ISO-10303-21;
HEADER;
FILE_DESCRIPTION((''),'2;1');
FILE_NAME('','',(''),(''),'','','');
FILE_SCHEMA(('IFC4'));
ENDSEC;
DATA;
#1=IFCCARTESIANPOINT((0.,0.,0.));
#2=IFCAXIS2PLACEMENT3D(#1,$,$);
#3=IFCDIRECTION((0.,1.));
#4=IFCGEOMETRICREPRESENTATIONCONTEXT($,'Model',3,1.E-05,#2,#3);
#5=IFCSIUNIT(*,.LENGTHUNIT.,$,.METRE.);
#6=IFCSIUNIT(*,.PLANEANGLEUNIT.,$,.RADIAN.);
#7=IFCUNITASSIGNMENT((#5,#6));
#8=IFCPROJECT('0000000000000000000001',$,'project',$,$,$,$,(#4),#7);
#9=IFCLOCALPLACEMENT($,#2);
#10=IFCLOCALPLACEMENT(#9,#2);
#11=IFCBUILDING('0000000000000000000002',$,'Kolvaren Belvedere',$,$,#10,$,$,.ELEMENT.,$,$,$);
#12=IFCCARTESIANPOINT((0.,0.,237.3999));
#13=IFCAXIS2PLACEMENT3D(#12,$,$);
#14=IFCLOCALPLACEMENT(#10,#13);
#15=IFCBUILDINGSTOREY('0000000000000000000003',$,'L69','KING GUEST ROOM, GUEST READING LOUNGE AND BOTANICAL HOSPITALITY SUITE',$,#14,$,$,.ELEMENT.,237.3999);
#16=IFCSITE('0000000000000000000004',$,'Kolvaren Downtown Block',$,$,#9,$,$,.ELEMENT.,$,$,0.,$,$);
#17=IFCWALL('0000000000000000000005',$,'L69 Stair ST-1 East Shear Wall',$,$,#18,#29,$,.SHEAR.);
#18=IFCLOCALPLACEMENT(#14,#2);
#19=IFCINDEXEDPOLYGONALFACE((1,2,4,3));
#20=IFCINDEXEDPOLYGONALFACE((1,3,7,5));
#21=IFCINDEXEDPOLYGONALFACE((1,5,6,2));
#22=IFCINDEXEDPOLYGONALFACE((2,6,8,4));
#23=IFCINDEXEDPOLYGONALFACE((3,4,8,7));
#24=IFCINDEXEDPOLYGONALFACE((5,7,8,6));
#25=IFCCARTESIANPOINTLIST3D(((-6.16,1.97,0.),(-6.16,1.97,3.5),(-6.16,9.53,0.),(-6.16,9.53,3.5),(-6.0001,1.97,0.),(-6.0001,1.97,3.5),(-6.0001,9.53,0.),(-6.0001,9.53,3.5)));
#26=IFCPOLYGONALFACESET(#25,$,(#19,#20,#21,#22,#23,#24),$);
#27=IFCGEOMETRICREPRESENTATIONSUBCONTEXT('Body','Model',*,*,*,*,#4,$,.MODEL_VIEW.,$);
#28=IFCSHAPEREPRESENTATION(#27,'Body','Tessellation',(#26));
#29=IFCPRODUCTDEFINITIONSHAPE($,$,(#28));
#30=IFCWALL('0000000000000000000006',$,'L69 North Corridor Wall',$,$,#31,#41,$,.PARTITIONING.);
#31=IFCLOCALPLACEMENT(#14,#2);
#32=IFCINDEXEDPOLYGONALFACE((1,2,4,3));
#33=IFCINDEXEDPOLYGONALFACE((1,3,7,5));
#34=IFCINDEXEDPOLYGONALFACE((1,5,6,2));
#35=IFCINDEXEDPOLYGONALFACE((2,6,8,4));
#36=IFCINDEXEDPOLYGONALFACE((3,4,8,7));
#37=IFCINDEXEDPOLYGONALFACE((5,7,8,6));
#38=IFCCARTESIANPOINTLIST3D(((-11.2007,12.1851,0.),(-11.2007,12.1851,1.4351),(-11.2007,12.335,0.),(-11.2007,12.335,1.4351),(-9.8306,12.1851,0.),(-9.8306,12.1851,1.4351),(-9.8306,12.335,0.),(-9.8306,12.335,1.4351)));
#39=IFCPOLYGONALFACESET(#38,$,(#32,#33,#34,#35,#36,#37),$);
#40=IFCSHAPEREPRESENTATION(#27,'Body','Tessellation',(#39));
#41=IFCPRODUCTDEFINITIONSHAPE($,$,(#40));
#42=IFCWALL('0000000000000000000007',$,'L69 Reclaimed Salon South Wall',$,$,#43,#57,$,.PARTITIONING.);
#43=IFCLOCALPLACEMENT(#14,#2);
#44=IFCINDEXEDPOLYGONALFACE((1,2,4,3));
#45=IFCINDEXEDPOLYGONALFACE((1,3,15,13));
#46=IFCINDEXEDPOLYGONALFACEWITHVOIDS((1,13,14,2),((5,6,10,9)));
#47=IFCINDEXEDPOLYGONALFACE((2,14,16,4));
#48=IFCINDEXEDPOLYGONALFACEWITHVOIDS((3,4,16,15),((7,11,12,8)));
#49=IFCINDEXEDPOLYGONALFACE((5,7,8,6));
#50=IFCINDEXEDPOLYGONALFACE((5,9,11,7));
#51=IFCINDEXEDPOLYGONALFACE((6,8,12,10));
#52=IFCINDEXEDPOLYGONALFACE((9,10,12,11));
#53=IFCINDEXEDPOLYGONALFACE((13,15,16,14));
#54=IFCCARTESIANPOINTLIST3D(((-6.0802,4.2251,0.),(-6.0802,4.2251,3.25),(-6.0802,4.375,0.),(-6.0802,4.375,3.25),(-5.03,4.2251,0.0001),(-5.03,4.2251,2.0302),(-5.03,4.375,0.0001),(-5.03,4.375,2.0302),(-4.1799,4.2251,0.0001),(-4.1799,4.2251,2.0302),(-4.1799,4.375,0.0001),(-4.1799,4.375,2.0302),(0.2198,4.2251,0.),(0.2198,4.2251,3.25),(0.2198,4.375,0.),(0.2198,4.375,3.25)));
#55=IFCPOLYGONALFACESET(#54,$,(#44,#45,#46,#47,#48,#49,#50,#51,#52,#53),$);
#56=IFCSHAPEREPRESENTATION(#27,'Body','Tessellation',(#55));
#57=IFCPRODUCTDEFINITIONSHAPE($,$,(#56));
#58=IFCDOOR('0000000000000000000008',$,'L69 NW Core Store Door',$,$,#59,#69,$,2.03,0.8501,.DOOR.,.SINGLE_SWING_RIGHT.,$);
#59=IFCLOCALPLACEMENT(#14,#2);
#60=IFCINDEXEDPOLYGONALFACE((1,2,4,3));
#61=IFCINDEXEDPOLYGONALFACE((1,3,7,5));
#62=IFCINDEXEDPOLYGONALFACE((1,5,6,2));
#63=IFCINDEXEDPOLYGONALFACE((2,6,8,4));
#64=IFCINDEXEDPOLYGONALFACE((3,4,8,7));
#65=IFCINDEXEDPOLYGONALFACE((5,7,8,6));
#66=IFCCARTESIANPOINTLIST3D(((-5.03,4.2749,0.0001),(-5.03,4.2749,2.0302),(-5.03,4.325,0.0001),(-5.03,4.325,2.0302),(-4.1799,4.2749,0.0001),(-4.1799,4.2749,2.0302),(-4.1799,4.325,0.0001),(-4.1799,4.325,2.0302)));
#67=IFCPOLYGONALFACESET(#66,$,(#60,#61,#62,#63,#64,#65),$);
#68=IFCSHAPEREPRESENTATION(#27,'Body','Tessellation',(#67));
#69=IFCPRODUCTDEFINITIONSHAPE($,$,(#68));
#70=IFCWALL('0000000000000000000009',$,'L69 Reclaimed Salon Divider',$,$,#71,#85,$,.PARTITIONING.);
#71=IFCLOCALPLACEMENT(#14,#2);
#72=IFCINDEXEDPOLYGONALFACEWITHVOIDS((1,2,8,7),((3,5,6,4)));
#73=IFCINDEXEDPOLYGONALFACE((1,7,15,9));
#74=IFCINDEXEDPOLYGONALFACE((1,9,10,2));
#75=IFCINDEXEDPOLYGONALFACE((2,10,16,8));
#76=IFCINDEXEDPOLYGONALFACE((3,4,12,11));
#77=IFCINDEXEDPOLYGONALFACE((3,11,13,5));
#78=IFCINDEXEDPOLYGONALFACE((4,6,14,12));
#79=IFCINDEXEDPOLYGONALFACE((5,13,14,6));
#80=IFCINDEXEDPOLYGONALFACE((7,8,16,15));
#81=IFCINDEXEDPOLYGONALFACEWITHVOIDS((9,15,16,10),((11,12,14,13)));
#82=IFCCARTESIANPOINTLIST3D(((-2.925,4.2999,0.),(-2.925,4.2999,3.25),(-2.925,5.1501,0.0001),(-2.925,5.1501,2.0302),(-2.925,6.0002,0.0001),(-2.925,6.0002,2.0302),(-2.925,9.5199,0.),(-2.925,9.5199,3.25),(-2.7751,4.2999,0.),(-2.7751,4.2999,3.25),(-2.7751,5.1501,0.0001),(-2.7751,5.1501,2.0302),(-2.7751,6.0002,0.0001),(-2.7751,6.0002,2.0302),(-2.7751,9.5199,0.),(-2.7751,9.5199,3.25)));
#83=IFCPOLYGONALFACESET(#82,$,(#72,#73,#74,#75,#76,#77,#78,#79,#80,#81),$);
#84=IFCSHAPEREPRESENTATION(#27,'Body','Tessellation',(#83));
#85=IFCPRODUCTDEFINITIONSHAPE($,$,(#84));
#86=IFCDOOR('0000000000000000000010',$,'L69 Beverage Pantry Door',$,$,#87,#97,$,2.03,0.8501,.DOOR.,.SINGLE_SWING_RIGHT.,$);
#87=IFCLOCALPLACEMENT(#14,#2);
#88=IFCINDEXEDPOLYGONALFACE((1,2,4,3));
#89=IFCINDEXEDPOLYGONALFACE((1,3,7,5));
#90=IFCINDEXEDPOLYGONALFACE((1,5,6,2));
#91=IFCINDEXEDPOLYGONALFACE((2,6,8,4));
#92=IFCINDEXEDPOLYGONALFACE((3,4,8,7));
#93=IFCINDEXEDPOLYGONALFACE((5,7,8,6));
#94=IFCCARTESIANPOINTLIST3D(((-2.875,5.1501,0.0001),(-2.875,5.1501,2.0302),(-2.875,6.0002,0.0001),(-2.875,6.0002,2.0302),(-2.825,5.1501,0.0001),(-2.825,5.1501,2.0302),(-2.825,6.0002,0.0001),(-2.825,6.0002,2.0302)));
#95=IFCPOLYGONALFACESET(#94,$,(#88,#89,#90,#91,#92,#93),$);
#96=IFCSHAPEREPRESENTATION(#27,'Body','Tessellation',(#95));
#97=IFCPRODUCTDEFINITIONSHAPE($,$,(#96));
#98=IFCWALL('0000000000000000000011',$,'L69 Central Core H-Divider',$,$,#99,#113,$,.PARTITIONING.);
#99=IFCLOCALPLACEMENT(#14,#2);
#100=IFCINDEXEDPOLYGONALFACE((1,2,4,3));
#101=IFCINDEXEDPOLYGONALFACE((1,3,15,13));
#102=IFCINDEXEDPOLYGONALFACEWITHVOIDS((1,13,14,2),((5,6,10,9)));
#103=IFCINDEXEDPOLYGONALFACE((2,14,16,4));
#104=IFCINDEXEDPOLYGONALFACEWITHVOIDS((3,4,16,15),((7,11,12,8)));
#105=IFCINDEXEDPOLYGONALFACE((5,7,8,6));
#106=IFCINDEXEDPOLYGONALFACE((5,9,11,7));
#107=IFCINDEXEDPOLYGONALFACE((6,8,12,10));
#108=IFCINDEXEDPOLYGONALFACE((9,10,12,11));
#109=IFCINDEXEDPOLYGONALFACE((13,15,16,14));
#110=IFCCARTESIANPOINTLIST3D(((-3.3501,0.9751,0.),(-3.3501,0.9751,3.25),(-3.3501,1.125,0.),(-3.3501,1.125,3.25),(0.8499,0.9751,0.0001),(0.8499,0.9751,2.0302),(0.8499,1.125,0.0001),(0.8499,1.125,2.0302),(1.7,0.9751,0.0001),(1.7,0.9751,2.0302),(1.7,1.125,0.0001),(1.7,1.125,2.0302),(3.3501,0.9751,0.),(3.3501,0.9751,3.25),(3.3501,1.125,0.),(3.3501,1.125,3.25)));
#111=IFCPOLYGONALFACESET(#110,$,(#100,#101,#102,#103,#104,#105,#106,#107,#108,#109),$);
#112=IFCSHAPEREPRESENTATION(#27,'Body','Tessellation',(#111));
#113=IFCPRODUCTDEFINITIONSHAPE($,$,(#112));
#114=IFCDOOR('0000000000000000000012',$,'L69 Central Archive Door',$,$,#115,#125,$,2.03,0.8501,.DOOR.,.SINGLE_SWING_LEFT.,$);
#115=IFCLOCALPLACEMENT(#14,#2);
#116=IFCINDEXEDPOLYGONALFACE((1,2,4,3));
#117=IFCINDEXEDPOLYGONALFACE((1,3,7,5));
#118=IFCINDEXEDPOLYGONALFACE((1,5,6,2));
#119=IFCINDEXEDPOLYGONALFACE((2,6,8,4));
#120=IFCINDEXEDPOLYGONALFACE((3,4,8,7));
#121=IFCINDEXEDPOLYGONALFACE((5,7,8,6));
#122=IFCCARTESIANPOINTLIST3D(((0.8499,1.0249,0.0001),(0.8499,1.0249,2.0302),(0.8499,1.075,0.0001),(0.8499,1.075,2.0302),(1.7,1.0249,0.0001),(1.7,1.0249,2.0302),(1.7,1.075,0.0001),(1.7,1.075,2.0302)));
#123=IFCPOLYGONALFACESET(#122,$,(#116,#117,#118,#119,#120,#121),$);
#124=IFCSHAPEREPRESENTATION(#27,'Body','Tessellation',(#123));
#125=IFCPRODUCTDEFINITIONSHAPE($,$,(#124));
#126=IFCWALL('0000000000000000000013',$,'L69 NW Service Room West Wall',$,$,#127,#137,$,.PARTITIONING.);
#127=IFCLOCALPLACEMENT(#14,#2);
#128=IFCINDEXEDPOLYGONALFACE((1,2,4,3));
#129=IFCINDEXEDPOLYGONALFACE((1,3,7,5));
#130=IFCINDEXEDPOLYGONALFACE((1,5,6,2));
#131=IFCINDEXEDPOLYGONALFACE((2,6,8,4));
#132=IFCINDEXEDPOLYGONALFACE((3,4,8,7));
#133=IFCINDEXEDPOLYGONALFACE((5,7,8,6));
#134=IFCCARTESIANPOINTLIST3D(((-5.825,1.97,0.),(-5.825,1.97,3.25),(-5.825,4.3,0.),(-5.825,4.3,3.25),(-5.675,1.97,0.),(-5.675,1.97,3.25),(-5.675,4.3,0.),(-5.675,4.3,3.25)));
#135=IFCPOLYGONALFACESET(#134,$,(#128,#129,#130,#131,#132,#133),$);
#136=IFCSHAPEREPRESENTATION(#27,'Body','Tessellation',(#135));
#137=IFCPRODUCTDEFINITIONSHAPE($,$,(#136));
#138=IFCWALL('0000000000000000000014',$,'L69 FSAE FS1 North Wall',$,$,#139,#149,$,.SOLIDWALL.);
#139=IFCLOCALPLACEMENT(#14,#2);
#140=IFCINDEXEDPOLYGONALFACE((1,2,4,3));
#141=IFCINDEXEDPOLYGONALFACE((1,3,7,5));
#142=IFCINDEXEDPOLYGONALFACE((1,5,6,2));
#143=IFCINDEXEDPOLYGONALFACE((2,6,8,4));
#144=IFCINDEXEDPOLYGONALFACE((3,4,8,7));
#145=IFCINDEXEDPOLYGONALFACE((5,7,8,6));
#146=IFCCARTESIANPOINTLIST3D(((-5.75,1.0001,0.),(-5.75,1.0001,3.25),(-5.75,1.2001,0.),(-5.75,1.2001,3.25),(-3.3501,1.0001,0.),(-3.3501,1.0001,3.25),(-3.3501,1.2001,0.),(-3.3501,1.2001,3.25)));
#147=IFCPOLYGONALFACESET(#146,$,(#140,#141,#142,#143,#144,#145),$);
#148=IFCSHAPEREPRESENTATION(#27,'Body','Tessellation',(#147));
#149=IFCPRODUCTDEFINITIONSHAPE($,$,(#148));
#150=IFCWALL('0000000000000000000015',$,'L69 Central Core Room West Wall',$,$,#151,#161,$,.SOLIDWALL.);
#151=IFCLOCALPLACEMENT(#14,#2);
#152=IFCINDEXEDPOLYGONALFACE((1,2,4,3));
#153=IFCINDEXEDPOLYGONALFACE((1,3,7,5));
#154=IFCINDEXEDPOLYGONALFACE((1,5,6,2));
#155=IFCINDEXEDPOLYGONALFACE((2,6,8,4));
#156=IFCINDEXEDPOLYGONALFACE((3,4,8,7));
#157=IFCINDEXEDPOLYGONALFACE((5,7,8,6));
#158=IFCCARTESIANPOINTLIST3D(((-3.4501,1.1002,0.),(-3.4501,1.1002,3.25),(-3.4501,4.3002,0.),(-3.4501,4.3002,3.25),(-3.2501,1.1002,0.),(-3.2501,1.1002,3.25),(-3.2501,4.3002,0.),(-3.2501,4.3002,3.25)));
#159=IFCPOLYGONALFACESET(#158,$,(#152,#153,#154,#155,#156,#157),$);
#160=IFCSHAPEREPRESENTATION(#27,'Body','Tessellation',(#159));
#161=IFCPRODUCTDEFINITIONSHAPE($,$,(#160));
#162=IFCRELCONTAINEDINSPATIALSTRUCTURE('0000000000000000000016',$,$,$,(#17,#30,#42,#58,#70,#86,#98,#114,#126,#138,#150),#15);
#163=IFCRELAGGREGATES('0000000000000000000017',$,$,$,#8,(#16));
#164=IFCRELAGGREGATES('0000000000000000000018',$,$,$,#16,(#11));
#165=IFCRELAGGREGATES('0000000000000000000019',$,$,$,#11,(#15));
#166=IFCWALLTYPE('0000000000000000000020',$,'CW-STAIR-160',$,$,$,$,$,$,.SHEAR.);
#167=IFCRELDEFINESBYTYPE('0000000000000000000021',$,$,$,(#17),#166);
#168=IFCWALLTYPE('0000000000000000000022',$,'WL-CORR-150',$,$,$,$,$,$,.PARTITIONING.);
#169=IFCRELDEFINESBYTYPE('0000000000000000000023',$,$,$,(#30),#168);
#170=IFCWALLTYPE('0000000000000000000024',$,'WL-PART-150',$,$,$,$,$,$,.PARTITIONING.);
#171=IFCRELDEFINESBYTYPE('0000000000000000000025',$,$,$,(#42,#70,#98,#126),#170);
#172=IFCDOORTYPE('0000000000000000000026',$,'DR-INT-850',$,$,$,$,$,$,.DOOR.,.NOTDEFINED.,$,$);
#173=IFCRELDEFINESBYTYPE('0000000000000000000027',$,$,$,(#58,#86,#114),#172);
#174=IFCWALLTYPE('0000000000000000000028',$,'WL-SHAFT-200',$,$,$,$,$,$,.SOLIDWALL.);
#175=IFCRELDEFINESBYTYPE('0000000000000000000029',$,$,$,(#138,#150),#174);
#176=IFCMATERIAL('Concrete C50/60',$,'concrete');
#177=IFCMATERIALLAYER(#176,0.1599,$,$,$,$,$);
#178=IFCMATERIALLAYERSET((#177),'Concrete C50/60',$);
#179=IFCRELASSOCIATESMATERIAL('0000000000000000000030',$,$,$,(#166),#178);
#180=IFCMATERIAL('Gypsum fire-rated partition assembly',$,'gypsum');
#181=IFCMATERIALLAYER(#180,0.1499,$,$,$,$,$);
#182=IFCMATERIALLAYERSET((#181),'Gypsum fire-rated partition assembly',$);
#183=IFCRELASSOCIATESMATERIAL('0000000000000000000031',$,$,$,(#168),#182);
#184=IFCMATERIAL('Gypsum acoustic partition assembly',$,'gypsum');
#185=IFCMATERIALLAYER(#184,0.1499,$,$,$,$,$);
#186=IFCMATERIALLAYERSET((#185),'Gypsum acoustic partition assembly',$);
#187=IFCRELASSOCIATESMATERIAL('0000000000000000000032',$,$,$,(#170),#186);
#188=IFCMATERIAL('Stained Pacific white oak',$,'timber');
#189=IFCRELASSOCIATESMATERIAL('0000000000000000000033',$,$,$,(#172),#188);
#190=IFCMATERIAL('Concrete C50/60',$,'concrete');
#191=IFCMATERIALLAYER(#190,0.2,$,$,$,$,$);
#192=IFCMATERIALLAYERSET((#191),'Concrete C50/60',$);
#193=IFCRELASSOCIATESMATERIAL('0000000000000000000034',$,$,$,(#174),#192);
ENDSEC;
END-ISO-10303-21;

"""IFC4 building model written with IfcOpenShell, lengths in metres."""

from ifc_helpers import new_model, si_unit, direction, frame, frame_2d, origin, place, context, subcontext, project, spatial, rectangle, extrude, material, layer, layer_set, type_object, element, fill, save


model = new_model("IFC4")

# Units and contexts
model_context = context("Model", 3, precision=1e-05, world=origin(), true_north=direction((0.0, 1.0)))
body_context = subcontext(model_context, "Body", "Model", "MODEL_VIEW")
ifc_project = project(units=[si_unit("LENGTHUNIT", "METRE"), si_unit("PLANEANGLEUNIT", "RADIAN")], contexts=[model_context])

# Site, building, storey
site_placement = place(None, origin())
site = spatial("IfcSite", under=ifc_project, at=site_placement, Name="Kolvaren Downtown Block", CompositionType="ELEMENT", RefElevation=0.0)
building_placement = place(site_placement, origin())
building = spatial("IfcBuilding", under=site, at=building_placement, Name="Kolvaren Belvedere", CompositionType="ELEMENT")
storey_placement = place(building_placement, frame((0.0, 0.0, 237.3999)))
storey = spatial("IfcBuildingStorey", under=building, at=storey_placement, Name="L69", Description="KING GUEST ROOM, GUEST READING LOUNGE AND BOTANICAL HOSPITALITY SUITE", CompositionType="ELEMENT", Elevation=237.3999)

# Shared definitions
ifc_material_1 = material(Name="Concrete C50/60", Category="concrete")
ifc_layer_1 = layer(ifc_material_1, 0.1599)
ifc_layer_set_1 = layer_set([ifc_layer_1], Name="Concrete C50/60")
wall_type_1 = type_object("IfcWallType", Name="CW-STAIR-160", PredefinedType="SHEAR", material=ifc_layer_set_1)

# Walls
for number, where, z_axis, x_axis, name in (
    (1, (-6.0801, 1.97, 0.0), (0.0, 0.0, 1.0), (0.0, 1.0, 0.0), "L69 Stair ST-1 East Shear Wall"),
):
    element("IfcWall", number, at=place(storey_placement, frame(where, z_axis=z_axis, x_axis=x_axis)), inside=storey, type_object=wall_type_1, Name=name, PredefinedType="SHEAR", context=body_context, shape_type="SweptSolid", body=[
        extrude(rectangle(XDim=7.5601, YDim=0.1599, at=frame_2d((3.78, 0.0))), origin(), (0.0, 0.0, 1.0), 3.5),
    ])
ifc_material_2 = material(Name="Gypsum fire-rated partition assembly", Category="gypsum")
ifc_layer_2 = layer(ifc_material_2, 0.1499)
ifc_layer_set_2 = layer_set([ifc_layer_2], Name="Gypsum fire-rated partition assembly")
wall_type_2 = type_object("IfcWallType", Name="WL-CORR-150", PredefinedType="PARTITIONING", material=ifc_layer_set_2)
wall_1_placement = place(storey_placement, frame((-11.2007, 12.26, 0.0), z_axis=(0.0, 0.0, 1.0), x_axis=(1.0, 0.0, 0.0)))
element("IfcWall", 2, at=wall_1_placement, inside=storey, type_object=wall_type_2, Name="L69 North Corridor Wall", PredefinedType="PARTITIONING", context=body_context, shape_type="SweptSolid", body=[
    extrude(rectangle(XDim=1.3701, YDim=0.1499, at=frame_2d((0.6851, 0.0))), origin(), (0.0, 0.0, 1.0), 1.4351),
])

# Walls, openings, doors
ifc_material_3 = material(Name="Gypsum acoustic partition assembly", Category="gypsum")
ifc_layer_3 = layer(ifc_material_3, 0.1499)
ifc_layer_set_3 = layer_set([ifc_layer_3], Name="Gypsum acoustic partition assembly")
wall_type_3 = type_object("IfcWallType", Name="WL-PART-150", PredefinedType="PARTITIONING", material=ifc_layer_set_3)
wall_2_placement = place(storey_placement, frame((-6.0801, 4.3, 0.0), z_axis=(0.0, 0.0, 1.0), x_axis=(1.0, 0.0, 0.0)))
wall_2 = element("IfcWall", 3, at=wall_2_placement, inside=storey, type_object=wall_type_3, Name="L69 Reclaimed Salon South Wall", PredefinedType="PARTITIONING", context=body_context, shape_type="SweptSolid", body=[
    extrude(rectangle(XDim=6.3, YDim=0.1499, at=frame_2d((3.1499, 0.0))), origin(), (0.0, 0.0, 1.0), 3.25),
])
opening_1_placement = place(wall_2_placement, frame((1.05, 0.0, 0.0)))
opening_1 = element("IfcOpeningElement", 4, at=opening_1_placement, cuts=wall_2, PredefinedType="OPENING", context=body_context, shape_type="SweptSolid", body=[
    extrude(rectangle(XDim=0.8501, YDim=2.03, at=frame_2d((0.425, 1.0151))), frame((0.0, 0.085, 0.0), z_axis=(0.0, -1.0, 0.0), x_axis=(1.0, 0.0, 0.0)), (0.0, 0.0, 1.0), 0.1699),
])
ifc_material_4 = material(Name="Stained Pacific white oak", Category="timber")
door_type_1 = type_object("IfcDoorType", Name="DR-INT-850", OperationType="NOTDEFINED", PredefinedType="DOOR", material=ifc_material_4)
door_1_placement = place(opening_1_placement, origin())
door_1 = element("IfcDoor", 5, at=door_1_placement, inside=storey, type_object=door_type_1, Name="L69 NW Core Store Door", OperationType="SINGLE_SWING_RIGHT", OverallHeight=2.03, OverallWidth=0.8501, PredefinedType="DOOR", context=body_context, shape_type="SweptSolid", body=[
    extrude(rectangle(XDim=0.8501, YDim=2.03, at=frame_2d((0.425, 1.0151))), frame((0.0, 0.0249, 0.0), z_axis=(0.0, -1.0, 0.0), x_axis=(1.0, 0.0, 0.0)), (0.0, 0.0, 1.0), 0.05),
])
fill(opening_1, door_1)
wall_3_placement = place(storey_placement, frame((-2.8501, 4.3, 0.0), z_axis=(0.0, 0.0, 1.0), x_axis=(0.0, 1.0, 0.0)))
wall_3 = element("IfcWall", 6, at=wall_3_placement, inside=storey, type_object=wall_type_3, Name="L69 Reclaimed Salon Divider", PredefinedType="PARTITIONING", context=body_context, shape_type="SweptSolid", body=[
    extrude(rectangle(XDim=5.22, YDim=0.1499, at=frame_2d((2.6099, 0.0))), origin(), (0.0, 0.0, 1.0), 3.25),
])
opening_2_placement = place(wall_3_placement, frame((0.8501, 0.0, 0.0)))
opening_2 = element("IfcOpeningElement", 7, at=opening_2_placement, cuts=wall_3, PredefinedType="OPENING", context=body_context, shape_type="SweptSolid", body=[
    extrude(rectangle(XDim=0.8501, YDim=2.03, at=frame_2d((0.425, 1.0151))), frame((0.0, 0.085, 0.0), z_axis=(0.0, -1.0, 0.0), x_axis=(1.0, 0.0, 0.0)), (0.0, 0.0, 1.0), 0.1699),
])
door_2_placement = place(opening_2_placement, origin())
door_2 = element("IfcDoor", 8, at=door_2_placement, inside=storey, type_object=door_type_1, Name="L69 Beverage Pantry Door", OperationType="SINGLE_SWING_RIGHT", OverallHeight=2.03, OverallWidth=0.8501, PredefinedType="DOOR", context=body_context, shape_type="SweptSolid", body=[
    extrude(rectangle(XDim=0.8501, YDim=2.03, at=frame_2d((0.425, 1.0151))), frame((0.0, 0.0249, 0.0), z_axis=(0.0, -1.0, 0.0), x_axis=(1.0, 0.0, 0.0)), (0.0, 0.0, 1.0), 0.05),
])
fill(opening_2, door_2)
wall_4_placement = place(storey_placement, frame((-3.3501, 1.05, 0.0), z_axis=(0.0, 0.0, 1.0), x_axis=(1.0, 0.0, 0.0)))
wall_4 = element("IfcWall", 9, at=wall_4_placement, inside=storey, type_object=wall_type_3, Name="L69 Central Core H-Divider", PredefinedType="PARTITIONING", context=body_context, shape_type="SweptSolid", body=[
    extrude(rectangle(XDim=6.7002, YDim=0.1499, at=frame_2d((3.3501, 0.0))), origin(), (0.0, 0.0, 1.0), 3.25),
])
opening_3_placement = place(wall_4_placement, frame((4.2, 0.0, 0.0)))
opening_3 = element("IfcOpeningElement", 10, at=opening_3_placement, cuts=wall_4, PredefinedType="OPENING", context=body_context, shape_type="SweptSolid", body=[
    extrude(rectangle(XDim=0.8501, YDim=2.03, at=frame_2d((0.425, 1.0151))), frame((0.0, 0.085, 0.0), z_axis=(0.0, -1.0, 0.0), x_axis=(1.0, 0.0, 0.0)), (0.0, 0.0, 1.0), 0.1699),
])
door_3_placement = place(opening_3_placement, origin())
door_3 = element("IfcDoor", 11, at=door_3_placement, inside=storey, type_object=door_type_1, Name="L69 Central Archive Door", OperationType="SINGLE_SWING_LEFT", OverallHeight=2.03, OverallWidth=0.8501, PredefinedType="DOOR", context=body_context, shape_type="SweptSolid", body=[
    extrude(rectangle(XDim=0.8501, YDim=2.03, at=frame_2d((0.425, 1.0151))), frame((0.0, 0.0249, 0.0), z_axis=(0.0, -1.0, 0.0), x_axis=(1.0, 0.0, 0.0)), (0.0, 0.0, 1.0), 0.05),
])
fill(opening_3, door_3)

# Walls
wall_5_placement = place(storey_placement, frame((-5.75, 1.97, 0.0), z_axis=(0.0, 0.0, 1.0), x_axis=(0.0, 1.0, 0.0)))
element("IfcWall", 12, at=wall_5_placement, inside=storey, type_object=wall_type_3, Name="L69 NW Service Room West Wall", PredefinedType="PARTITIONING", context=body_context, shape_type="SweptSolid", body=[
    extrude(rectangle(XDim=2.3301, YDim=0.1499, at=frame_2d((1.165, 0.0))), origin(), (0.0, 0.0, 1.0), 3.25),
])
ifc_material_5 = material(Name="Concrete C50/60", Category="concrete")
ifc_layer_4 = layer(ifc_material_5, 0.2)
ifc_layer_set_4 = layer_set([ifc_layer_4], Name="Concrete C50/60")
wall_type_4 = type_object("IfcWallType", Name="WL-SHAFT-200", PredefinedType="SOLIDWALL", material=ifc_layer_set_4)
wall_6_placement = place(storey_placement, frame((-5.75, 1.1001, 0.0), z_axis=(0.0, 0.0, 1.0), x_axis=(1.0, 0.0, 0.0)))
element("IfcWall", 13, at=wall_6_placement, inside=storey, type_object=wall_type_4, Name="L69 FSAE FS1 North Wall", PredefinedType="SOLIDWALL", context=body_context, shape_type="SweptSolid", body=[
    extrude(rectangle(XDim=2.3999, YDim=0.2, at=frame_2d((1.2, 0.0))), origin(), (0.0, 0.0, 1.0), 3.25),
])
wall_7_placement = place(storey_placement, frame((-3.3501, 1.1001, 0.0), z_axis=(0.0, 0.0, 1.0), x_axis=(0.0, 1.0, 0.0)))
element("IfcWall", 14, at=wall_7_placement, inside=storey, type_object=wall_type_4, Name="L69 Central Core Room West Wall", PredefinedType="SOLIDWALL", context=body_context, shape_type="SweptSolid", body=[
    extrude(rectangle(XDim=3.2, YDim=0.2, at=frame_2d((1.6001, 0.0))), origin(), (0.0, 0.0, 1.0), 3.25),
])

save(model, "model.ifc")
